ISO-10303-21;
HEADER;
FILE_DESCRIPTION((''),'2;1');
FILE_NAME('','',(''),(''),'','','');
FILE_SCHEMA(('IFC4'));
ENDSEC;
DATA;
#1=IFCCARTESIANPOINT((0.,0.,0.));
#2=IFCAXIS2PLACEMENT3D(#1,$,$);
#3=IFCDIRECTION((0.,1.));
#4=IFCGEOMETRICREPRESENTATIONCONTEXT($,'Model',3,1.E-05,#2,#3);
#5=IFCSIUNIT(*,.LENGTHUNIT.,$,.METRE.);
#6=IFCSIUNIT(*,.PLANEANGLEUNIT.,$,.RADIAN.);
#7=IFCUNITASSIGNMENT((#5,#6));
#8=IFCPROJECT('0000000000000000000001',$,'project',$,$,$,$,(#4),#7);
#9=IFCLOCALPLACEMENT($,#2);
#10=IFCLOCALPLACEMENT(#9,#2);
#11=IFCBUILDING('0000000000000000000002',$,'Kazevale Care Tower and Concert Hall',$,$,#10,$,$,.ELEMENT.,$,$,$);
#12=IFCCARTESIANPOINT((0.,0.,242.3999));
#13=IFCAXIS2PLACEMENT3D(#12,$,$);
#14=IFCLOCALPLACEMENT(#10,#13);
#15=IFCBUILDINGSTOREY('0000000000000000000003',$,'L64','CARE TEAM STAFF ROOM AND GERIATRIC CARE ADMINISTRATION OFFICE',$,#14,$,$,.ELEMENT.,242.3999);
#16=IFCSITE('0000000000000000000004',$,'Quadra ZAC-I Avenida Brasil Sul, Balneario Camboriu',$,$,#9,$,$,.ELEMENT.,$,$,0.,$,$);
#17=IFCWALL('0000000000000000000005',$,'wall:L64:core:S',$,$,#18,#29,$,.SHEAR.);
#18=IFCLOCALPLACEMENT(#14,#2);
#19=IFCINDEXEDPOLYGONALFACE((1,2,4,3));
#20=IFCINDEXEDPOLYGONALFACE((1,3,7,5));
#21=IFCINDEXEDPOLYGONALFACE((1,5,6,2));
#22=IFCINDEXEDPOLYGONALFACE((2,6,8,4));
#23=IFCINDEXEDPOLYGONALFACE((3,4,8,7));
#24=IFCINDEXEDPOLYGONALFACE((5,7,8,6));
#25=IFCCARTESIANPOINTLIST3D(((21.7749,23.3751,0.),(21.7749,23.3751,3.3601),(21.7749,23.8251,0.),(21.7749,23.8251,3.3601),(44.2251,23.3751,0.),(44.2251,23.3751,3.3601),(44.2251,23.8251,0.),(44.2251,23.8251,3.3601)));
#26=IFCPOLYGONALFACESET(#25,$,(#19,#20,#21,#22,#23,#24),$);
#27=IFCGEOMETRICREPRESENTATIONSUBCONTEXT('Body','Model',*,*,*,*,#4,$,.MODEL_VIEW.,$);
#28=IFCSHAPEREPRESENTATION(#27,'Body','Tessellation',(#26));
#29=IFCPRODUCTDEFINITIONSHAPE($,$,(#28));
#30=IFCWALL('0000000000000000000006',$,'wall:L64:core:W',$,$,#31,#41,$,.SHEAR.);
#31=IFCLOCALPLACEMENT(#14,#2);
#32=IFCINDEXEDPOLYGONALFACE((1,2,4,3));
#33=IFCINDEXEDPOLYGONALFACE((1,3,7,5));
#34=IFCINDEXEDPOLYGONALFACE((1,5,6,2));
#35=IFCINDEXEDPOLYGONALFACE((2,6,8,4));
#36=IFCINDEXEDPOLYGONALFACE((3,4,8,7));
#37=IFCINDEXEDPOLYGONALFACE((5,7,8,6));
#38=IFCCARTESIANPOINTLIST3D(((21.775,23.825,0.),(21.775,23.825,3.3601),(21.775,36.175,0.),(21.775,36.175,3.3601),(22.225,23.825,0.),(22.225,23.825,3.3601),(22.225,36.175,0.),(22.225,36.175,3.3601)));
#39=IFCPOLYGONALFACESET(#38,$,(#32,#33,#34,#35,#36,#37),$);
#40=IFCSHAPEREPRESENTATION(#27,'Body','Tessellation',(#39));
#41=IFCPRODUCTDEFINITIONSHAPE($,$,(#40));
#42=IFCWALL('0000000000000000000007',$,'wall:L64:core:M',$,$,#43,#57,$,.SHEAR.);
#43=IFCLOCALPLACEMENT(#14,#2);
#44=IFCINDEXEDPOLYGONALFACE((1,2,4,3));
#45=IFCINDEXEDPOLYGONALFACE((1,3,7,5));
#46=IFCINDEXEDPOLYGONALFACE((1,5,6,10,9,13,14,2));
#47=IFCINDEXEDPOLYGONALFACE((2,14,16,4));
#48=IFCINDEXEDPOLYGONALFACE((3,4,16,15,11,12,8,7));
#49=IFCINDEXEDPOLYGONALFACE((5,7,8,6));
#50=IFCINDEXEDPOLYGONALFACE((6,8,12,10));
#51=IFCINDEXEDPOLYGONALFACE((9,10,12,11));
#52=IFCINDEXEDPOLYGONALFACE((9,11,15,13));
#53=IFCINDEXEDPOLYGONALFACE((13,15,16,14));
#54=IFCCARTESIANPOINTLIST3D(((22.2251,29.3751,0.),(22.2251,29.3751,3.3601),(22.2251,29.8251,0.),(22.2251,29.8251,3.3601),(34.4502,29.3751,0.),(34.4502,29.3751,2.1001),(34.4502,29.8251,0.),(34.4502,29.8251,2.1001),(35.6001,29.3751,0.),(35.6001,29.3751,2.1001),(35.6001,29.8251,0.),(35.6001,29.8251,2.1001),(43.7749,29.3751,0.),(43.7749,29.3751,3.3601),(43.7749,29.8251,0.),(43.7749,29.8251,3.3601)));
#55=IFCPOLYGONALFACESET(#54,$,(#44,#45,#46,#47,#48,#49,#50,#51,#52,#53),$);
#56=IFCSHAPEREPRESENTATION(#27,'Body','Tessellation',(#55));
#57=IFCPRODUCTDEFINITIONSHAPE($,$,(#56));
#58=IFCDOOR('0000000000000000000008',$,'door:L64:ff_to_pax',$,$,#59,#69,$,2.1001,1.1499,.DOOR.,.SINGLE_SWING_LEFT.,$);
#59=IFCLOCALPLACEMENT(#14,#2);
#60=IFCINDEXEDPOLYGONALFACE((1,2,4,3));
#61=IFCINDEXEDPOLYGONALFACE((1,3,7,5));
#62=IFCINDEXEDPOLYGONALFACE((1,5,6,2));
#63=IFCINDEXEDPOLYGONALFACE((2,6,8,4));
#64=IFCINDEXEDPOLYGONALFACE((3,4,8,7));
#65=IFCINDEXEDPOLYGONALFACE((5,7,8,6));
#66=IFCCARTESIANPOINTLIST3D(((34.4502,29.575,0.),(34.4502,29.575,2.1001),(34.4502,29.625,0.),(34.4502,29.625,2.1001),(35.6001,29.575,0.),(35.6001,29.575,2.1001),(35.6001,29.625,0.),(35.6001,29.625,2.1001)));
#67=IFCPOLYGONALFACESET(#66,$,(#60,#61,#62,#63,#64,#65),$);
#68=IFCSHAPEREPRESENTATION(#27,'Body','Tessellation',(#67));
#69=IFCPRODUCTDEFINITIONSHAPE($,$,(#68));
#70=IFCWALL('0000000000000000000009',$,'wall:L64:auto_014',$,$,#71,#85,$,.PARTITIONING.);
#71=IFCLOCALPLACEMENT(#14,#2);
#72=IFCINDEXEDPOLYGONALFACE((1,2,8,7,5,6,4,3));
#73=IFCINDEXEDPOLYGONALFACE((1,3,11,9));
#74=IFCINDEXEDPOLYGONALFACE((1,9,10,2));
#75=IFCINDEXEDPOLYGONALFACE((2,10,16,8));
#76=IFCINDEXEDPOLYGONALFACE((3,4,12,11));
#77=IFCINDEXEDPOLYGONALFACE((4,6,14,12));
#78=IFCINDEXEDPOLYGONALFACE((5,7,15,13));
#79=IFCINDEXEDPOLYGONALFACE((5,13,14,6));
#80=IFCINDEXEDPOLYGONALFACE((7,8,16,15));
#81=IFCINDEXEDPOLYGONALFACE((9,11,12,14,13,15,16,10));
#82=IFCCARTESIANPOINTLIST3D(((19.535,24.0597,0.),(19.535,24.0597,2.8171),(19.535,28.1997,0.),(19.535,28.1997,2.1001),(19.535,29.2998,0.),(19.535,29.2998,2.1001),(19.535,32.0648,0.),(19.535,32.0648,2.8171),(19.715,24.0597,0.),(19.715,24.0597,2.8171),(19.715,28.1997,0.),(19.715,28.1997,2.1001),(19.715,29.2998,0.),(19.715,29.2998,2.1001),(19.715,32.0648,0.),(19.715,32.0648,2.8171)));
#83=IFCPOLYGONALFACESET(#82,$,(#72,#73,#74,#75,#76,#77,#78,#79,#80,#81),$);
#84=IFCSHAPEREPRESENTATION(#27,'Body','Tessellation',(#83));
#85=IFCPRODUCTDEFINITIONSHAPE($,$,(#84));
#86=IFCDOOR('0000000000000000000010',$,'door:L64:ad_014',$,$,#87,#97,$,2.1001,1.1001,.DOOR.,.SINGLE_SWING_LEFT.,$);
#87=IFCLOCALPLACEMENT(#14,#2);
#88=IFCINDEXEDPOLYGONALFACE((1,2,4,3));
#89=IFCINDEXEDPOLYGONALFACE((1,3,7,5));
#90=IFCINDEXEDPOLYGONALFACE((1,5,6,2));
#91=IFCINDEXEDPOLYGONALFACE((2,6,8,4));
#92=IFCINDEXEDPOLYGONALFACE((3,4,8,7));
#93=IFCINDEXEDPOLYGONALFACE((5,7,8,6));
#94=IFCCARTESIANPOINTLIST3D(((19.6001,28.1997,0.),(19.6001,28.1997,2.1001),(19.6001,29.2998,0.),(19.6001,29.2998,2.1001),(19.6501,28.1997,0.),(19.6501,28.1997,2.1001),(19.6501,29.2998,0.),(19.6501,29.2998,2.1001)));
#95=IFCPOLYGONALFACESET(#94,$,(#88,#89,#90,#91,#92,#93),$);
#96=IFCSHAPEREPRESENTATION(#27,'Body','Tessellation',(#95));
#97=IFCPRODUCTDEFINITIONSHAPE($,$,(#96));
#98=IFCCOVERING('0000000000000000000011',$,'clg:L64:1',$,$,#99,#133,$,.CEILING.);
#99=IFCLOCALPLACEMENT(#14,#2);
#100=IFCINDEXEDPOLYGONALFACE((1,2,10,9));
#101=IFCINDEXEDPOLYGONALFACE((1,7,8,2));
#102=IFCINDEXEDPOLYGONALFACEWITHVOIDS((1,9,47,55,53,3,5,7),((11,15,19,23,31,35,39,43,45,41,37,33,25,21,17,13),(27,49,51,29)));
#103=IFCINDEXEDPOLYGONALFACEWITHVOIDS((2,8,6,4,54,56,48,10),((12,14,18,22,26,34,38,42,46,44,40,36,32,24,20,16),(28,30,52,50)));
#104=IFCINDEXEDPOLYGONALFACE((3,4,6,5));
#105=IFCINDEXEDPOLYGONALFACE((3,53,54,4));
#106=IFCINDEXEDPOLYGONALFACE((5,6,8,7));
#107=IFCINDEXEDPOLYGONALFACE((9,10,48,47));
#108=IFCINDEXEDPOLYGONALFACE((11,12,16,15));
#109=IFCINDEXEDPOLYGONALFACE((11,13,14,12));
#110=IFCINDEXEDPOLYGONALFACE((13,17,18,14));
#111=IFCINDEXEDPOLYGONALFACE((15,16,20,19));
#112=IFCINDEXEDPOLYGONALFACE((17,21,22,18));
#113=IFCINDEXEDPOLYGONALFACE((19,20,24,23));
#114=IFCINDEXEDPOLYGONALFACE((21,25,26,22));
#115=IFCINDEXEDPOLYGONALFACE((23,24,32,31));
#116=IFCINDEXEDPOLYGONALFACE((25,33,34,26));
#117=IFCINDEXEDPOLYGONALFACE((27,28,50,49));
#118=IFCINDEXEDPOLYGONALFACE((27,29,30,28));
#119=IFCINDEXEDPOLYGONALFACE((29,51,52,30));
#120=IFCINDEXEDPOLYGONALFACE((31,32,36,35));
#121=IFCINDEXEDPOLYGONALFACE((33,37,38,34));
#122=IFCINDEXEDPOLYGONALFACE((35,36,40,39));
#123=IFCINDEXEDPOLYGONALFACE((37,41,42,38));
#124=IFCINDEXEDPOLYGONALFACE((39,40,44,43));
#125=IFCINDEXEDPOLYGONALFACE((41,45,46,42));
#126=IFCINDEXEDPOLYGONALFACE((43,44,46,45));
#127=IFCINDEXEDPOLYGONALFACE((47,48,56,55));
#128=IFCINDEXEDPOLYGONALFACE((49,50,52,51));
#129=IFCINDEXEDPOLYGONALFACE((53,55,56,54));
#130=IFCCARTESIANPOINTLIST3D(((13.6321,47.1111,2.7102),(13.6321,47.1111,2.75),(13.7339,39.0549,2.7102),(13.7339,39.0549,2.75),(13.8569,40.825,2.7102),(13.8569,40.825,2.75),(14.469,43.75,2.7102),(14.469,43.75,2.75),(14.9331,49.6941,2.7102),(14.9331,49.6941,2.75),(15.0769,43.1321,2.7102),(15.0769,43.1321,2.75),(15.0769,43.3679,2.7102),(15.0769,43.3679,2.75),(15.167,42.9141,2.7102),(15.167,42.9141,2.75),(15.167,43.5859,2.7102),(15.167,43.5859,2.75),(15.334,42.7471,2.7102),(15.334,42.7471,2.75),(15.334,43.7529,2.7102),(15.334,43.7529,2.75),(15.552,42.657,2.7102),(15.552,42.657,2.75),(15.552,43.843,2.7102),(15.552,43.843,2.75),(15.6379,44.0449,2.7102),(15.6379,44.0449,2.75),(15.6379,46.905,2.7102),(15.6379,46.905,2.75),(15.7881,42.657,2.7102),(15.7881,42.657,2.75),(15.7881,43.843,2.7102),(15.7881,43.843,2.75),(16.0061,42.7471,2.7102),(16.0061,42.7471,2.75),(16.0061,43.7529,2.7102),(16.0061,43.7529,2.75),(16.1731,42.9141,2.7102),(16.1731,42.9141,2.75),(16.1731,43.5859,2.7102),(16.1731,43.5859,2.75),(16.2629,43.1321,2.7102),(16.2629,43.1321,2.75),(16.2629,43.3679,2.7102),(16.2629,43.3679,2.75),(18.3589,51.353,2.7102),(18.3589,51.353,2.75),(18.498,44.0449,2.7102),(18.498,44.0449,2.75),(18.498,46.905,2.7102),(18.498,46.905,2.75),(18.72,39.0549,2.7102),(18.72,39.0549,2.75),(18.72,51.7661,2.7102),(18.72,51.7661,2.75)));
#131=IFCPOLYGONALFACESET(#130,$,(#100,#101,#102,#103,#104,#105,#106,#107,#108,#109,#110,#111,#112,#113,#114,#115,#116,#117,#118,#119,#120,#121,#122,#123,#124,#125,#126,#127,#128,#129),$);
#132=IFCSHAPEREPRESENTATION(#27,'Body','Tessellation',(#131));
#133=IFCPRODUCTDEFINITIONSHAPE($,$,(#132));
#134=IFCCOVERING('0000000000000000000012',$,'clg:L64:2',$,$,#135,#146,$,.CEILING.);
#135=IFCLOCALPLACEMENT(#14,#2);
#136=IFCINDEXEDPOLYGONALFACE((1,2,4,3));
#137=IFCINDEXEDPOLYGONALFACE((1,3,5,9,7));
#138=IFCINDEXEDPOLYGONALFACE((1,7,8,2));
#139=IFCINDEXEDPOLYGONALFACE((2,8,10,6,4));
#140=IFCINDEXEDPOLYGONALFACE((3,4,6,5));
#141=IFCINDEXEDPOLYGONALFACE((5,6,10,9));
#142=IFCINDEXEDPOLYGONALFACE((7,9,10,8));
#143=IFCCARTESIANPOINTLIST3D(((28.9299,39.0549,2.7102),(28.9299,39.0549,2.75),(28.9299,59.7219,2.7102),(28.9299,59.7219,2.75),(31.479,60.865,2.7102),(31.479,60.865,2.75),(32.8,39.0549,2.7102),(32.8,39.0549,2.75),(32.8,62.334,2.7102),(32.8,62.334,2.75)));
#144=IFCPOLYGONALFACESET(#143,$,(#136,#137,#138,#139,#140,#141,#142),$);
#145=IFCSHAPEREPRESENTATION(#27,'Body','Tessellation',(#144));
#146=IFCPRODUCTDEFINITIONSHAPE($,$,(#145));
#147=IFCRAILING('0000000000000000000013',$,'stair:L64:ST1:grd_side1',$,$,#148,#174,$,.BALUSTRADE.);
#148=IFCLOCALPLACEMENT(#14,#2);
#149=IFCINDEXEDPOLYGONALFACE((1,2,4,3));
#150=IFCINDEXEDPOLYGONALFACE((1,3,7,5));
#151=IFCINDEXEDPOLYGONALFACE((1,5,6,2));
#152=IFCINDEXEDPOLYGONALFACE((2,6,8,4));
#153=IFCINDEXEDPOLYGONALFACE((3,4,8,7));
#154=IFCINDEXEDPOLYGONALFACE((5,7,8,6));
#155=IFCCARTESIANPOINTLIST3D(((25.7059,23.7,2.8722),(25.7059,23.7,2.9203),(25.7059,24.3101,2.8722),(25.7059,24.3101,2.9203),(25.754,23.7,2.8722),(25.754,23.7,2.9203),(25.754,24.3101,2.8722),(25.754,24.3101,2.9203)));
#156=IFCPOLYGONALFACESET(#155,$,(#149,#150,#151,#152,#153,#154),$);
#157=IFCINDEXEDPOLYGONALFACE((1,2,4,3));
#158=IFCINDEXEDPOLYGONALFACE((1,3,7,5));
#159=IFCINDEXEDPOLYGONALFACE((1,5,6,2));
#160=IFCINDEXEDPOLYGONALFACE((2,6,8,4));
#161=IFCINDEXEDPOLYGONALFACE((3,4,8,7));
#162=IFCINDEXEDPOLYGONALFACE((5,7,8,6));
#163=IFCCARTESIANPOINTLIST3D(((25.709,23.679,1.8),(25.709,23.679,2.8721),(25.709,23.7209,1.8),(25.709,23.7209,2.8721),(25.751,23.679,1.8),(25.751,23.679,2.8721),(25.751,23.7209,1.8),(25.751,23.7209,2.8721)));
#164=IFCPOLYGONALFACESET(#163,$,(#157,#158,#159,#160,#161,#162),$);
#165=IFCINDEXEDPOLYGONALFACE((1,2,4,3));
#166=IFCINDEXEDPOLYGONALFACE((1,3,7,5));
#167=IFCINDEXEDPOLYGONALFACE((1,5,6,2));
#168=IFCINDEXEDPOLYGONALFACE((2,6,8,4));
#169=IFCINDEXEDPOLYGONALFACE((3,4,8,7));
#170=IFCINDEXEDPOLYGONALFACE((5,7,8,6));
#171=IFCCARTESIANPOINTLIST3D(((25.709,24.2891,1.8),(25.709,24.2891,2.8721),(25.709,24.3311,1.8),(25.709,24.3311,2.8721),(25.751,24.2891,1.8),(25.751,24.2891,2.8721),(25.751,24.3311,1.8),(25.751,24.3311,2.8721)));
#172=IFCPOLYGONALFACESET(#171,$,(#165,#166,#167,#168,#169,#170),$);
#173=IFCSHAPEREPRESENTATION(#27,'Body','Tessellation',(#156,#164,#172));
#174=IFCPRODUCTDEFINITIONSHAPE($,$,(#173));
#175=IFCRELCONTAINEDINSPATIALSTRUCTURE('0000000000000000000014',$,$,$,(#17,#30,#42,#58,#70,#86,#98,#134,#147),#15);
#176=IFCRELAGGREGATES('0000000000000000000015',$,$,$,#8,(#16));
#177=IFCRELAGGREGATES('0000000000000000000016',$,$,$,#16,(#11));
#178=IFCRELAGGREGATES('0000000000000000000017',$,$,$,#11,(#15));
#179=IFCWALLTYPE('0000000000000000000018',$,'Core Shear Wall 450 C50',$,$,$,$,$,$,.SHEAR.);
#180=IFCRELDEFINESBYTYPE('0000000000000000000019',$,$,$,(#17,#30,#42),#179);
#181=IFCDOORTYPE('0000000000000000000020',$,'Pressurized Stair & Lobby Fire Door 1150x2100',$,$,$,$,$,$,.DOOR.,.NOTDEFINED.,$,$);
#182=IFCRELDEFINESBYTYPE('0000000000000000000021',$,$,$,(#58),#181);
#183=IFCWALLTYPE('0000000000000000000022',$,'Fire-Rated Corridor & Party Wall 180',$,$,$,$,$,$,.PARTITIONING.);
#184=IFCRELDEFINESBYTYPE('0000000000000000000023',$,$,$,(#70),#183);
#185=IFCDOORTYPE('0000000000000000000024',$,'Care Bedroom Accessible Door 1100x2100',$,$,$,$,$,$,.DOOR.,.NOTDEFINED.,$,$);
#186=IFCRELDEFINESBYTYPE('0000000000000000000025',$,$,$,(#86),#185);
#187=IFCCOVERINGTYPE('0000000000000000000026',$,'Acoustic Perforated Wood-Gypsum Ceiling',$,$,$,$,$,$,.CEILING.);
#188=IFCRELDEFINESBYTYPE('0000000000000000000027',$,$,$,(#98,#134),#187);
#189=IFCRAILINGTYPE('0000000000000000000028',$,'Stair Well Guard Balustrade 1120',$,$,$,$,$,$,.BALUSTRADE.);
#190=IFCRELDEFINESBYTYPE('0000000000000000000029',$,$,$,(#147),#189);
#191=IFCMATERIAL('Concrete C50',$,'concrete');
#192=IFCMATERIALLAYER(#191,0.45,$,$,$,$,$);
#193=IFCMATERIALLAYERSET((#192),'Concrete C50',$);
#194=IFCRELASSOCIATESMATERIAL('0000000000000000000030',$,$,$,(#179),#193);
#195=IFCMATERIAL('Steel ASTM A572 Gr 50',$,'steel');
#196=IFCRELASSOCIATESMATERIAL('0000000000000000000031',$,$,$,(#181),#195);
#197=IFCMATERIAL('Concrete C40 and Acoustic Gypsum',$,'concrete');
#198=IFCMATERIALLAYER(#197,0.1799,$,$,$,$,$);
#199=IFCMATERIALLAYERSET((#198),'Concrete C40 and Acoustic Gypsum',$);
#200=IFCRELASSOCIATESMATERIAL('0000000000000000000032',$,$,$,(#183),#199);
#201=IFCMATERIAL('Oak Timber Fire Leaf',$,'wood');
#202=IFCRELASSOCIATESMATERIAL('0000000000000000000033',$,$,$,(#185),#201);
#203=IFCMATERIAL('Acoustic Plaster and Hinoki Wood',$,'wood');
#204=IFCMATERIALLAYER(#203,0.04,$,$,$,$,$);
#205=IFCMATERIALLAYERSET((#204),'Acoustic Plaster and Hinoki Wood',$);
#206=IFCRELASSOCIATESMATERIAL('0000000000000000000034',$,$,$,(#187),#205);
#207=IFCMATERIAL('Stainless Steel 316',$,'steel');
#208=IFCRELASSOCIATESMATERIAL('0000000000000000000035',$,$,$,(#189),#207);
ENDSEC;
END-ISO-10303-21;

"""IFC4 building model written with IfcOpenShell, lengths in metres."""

from ifc_helpers import new_model, si_unit, direction, frame, frame_2d, origin, origin_2d, place, context, subcontext, project, spatial, polyline, rectangle, outline, extrude, material, layer, layer_set, type_object, element, fill, save


model = new_model("IFC4")

# Units and contexts
model_context = context("Model", 3, precision=1e-05, world=origin(), true_north=direction((0.0, 1.0)))
body_context = subcontext(model_context, "Body", "Model", "MODEL_VIEW")
ifc_project = project(units=[si_unit("LENGTHUNIT", "METRE"), si_unit("PLANEANGLEUNIT", "RADIAN")], contexts=[model_context])

# Site, building, storey
site_placement = place(None, origin())
site = spatial("IfcSite", under=ifc_project, at=site_placement, Name="Quadra ZAC-I Avenida Brasil Sul, Balneario Camboriu", CompositionType="ELEMENT", RefElevation=0.0)
building_placement = place(site_placement, origin())
building = spatial("IfcBuilding", under=site, at=building_placement, Name="Kazevale Care Tower and Concert Hall", CompositionType="ELEMENT")
storey_placement = place(building_placement, frame((0.0, 0.0, 242.3999)))
storey = spatial("IfcBuildingStorey", under=building, at=storey_placement, Name="L64", Description="CARE TEAM STAFF ROOM AND GERIATRIC CARE ADMINISTRATION OFFICE", CompositionType="ELEMENT", Elevation=242.3999)

# Shared definitions
ifc_material_1 = material(Name="Concrete C50", Category="concrete")

# Shared definitions
ifc_material_2 = material(Name="Steel ASTM A572 Gr 50", Category="steel")

# Walls
ifc_layer_1 = layer(ifc_material_1, 0.45)
ifc_layer_set_1 = layer_set([ifc_layer_1], Name="Concrete C50")
wall_type_1 = type_object("IfcWallType", Name="Core Shear Wall 450 C50", PredefinedType="SHEAR", material=ifc_layer_set_1)
wall_1_placement = place(storey_placement, frame((21.7749, 23.6001, 0.0), z_axis=(0.0, 0.0, 1.0), x_axis=(1.0, 0.0, 0.0)))
element("IfcWall", 1, at=wall_1_placement, inside=storey, type_object=wall_type_1, Name="wall:L64:core:S", PredefinedType="SHEAR", context=body_context, shape_type="SweptSolid", body=[
    extrude(rectangle(XDim=22.4502, YDim=0.45, at=frame_2d((11.2251, 0.0))), origin(), (0.0, 0.0, 1.0), 3.3601),
])
wall_2_placement = place(storey_placement, frame((22.0, 23.825, 0.0), z_axis=(0.0, 0.0, 1.0), x_axis=(0.0, 1.0, 0.0)))
element("IfcWall", 2, at=wall_2_placement, inside=storey, type_object=wall_type_1, Name="wall:L64:core:W", PredefinedType="SHEAR", context=body_context, shape_type="SweptSolid", body=[
    extrude(rectangle(XDim=12.3501, YDim=0.45, at=frame_2d((6.175, 0.0))), origin(), (0.0, 0.0, 1.0), 3.3601),
])

# Walls, openings, doors
wall_3_placement = place(storey_placement, frame((22.2251, 29.6001, 0.0), z_axis=(0.0, 0.0, 1.0), x_axis=(1.0, 0.0, 0.0)))
wall_3 = element("IfcWall", 3, at=wall_3_placement, inside=storey, type_object=wall_type_1, Name="wall:L64:core:M", PredefinedType="SHEAR", context=body_context, shape_type="SweptSolid", body=[
    extrude(rectangle(XDim=21.5498, YDim=0.45, at=frame_2d((10.7749, 0.0))), origin(), (0.0, 0.0, 1.0), 3.3601),
])
opening_1_placement = place(wall_3_placement, frame((12.2251, 0.0, 0.0)))
opening_1 = element("IfcOpeningElement", 4, at=opening_1_placement, cuts=wall_3, PredefinedType="OPENING", context=body_context, shape_type="SweptSolid", body=[
    extrude(rectangle(XDim=1.1499, YDim=2.1001, at=frame_2d((0.575, 1.05))), frame((0.0, 0.2349, 0.0), z_axis=(0.0, -1.0, 0.0), x_axis=(1.0, 0.0, 0.0)), (0.0, 0.0, 1.0), 0.47),
])
door_type_1 = type_object("IfcDoorType", Name="Pressurized Stair & Lobby Fire Door 1150x2100", OperationType="NOTDEFINED", PredefinedType="DOOR", material=ifc_material_2)
door_1_placement = place(opening_1_placement, origin())
door_1 = element("IfcDoor", 5, at=door_1_placement, inside=storey, type_object=door_type_1, Name="door:L64:ff_to_pax", OperationType="SINGLE_SWING_LEFT", OverallHeight=2.1001, OverallWidth=1.1499, PredefinedType="DOOR", context=body_context, shape_type="SweptSolid", body=[
    extrude(rectangle(XDim=1.1499, YDim=2.1001, at=frame_2d((0.575, 1.05))), frame((0.0, 0.0249, 0.0), z_axis=(0.0, -1.0, 0.0), x_axis=(1.0, 0.0, 0.0)), (0.0, 0.0, 1.0), 0.05),
])
fill(opening_1, door_1)
ifc_material_3 = material(Name="Concrete C40 and Acoustic Gypsum", Category="concrete")
ifc_layer_2 = layer(ifc_material_3, 0.1799)
ifc_layer_set_2 = layer_set([ifc_layer_2], Name="Concrete C40 and Acoustic Gypsum")
wall_type_2 = type_object("IfcWallType", Name="Fire-Rated Corridor & Party Wall 180", PredefinedType="PARTITIONING", material=ifc_layer_set_2)
wall_4_placement = place(storey_placement, frame((19.625, 24.0598, 0.0), z_axis=(0.0, 0.0, 1.0), x_axis=(0.0, 1.0, 0.0)))
wall_4 = element("IfcWall", 6, at=wall_4_placement, inside=storey, type_object=wall_type_2, Name="wall:L64:auto_014", PredefinedType="PARTITIONING", context=body_context, shape_type="SweptSolid", body=[
    extrude(rectangle(XDim=8.0051, YDim=0.1799, at=frame_2d((4.0024, 0.0))), origin(), (0.0, 0.0, 1.0), 2.8171),
])
opening_2_placement = place(wall_4_placement, frame((4.1399, 0.0, 0.0)))
opening_2 = element("IfcOpeningElement", 7, at=opening_2_placement, cuts=wall_4, PredefinedType="OPENING", context=body_context, shape_type="SweptSolid", body=[
    extrude(rectangle(XDim=1.1001, YDim=2.1001, at=frame_2d((0.55, 1.05))), frame((0.0, 0.0999, 0.0), z_axis=(0.0, -1.0, 0.0), x_axis=(1.0, 0.0, 0.0)), (0.0, 0.0, 1.0), 0.2),
])
ifc_material_4 = material(Name="Oak Timber Fire Leaf", Category="wood")
door_type_2 = type_object("IfcDoorType", Name="Care Bedroom Accessible Door 1100x2100", OperationType="NOTDEFINED", PredefinedType="DOOR", material=ifc_material_4)
door_2_placement = place(opening_2_placement, origin())
door_2 = element("IfcDoor", 8, at=door_2_placement, inside=storey, type_object=door_type_2, Name="door:L64:ad_014", OperationType="SINGLE_SWING_LEFT", OverallHeight=2.1001, OverallWidth=1.1001, PredefinedType="DOOR", context=body_context, shape_type="SweptSolid", body=[
    extrude(rectangle(XDim=1.1001, YDim=2.1001, at=frame_2d((0.55, 1.05))), frame((0.0, 0.0249, 0.0), z_axis=(0.0, -1.0, 0.0), x_axis=(1.0, 0.0, 0.0)), (0.0, 0.0, 1.0), 0.05),
])
fill(opening_2, door_2)

# Coverings
ifc_material_5 = material(Name="Acoustic Plaster and Hinoki Wood", Category="wood")
ifc_layer_3 = layer(ifc_material_5, 0.04)
ifc_layer_set_3 = layer_set([ifc_layer_3], Name="Acoustic Plaster and Hinoki Wood")
covering_type = type_object("IfcCoveringType", Name="Acoustic Perforated Wood-Gypsum Ceiling", PredefinedType="CEILING", material=ifc_layer_set_3)
covering_1_placement = place(storey_placement, frame((0.0, 0.0, 2.7102)))
element("IfcCovering", 9, at=covering_1_placement, inside=storey, type_object=covering_type, Name="clg:L64:1", PredefinedType="CEILING", context=body_context, shape_type="SweptSolid", body=[
    extrude(outline(polyline([(13.6321, 47.1111), (14.9331, 49.6941), (18.3589, 51.353), (18.72, 51.7661), (18.72, 39.0549), (13.7339, 39.0549), (13.8569, 40.825), (14.469, 43.75), (13.6321, 47.1111)]), holes=[polyline([(15.6379, 46.905), (15.6379, 44.0449), (18.498, 44.0449), (18.498, 46.905), (15.6379, 46.905)]), polyline([(16.2629, 43.3679), (16.1731, 43.5859), (16.0061, 43.7529), (15.7881, 43.843), (15.552, 43.843), (15.334, 43.7529), (15.167, 43.5859), (15.0769, 43.3679), (15.0769, 43.1321), (15.167, 42.9141), (15.334, 42.7471), (15.552, 42.657), (15.7881, 42.657), (16.0061, 42.7471), (16.1731, 42.9141), (16.2629, 43.1321), (16.2629, 43.3679)])]), origin(), (0.0, 0.0, 1.0), 0.0398),
])
covering_2_placement = place(storey_placement, frame((0.0, 0.0, 2.7102)))
element("IfcCovering", 10, at=covering_2_placement, inside=storey, type_object=covering_type, Name="clg:L64:2", PredefinedType="CEILING", context=body_context, shape_type="SweptSolid", body=[
    extrude(outline(polyline([(28.9299, 59.7219), (31.479, 60.865), (32.8, 62.334), (32.8, 39.0549), (28.9299, 39.0549), (28.9299, 59.7219)])), origin(), (0.0, 0.0, 1.0), 0.0398),
])

# Railing
ifc_material_6 = material(Name="Stainless Steel 316", Category="steel")
railing_type = type_object("IfcRailingType", Name="Stair Well Guard Balustrade 1120", PredefinedType="BALUSTRADE", material=ifc_material_6)
railing_placement = place(storey_placement, frame((25.73, 23.7, 1.8)))
element("IfcRailing", 11, at=railing_placement, inside=storey, type_object=railing_type, Name="stair:L64:ST1:grd_side1", PredefinedType="BALUSTRADE", context=body_context, shape_type="SweptSolid", body=[
    extrude(rectangle(XDim=0.0481, YDim=0.0481, at=origin_2d()), frame((0.0, 0.0, 1.0962), z_axis=(0.0, 1.0, 0.0), x_axis=(-1.0, 0.0, 0.0)), (0.0, 0.0, 1.0), 0.6101),
    extrude(rectangle(XDim=0.042, YDim=0.042, at=origin_2d()), origin(), (0.0, 0.0, 1.0), 1.072),
    extrude(rectangle(XDim=0.042, YDim=0.042, at=origin_2d()), frame((0.0, 0.6101, 0.0)), (0.0, 0.0, 1.0), 1.072),
])

save(model, "model.ifc")
